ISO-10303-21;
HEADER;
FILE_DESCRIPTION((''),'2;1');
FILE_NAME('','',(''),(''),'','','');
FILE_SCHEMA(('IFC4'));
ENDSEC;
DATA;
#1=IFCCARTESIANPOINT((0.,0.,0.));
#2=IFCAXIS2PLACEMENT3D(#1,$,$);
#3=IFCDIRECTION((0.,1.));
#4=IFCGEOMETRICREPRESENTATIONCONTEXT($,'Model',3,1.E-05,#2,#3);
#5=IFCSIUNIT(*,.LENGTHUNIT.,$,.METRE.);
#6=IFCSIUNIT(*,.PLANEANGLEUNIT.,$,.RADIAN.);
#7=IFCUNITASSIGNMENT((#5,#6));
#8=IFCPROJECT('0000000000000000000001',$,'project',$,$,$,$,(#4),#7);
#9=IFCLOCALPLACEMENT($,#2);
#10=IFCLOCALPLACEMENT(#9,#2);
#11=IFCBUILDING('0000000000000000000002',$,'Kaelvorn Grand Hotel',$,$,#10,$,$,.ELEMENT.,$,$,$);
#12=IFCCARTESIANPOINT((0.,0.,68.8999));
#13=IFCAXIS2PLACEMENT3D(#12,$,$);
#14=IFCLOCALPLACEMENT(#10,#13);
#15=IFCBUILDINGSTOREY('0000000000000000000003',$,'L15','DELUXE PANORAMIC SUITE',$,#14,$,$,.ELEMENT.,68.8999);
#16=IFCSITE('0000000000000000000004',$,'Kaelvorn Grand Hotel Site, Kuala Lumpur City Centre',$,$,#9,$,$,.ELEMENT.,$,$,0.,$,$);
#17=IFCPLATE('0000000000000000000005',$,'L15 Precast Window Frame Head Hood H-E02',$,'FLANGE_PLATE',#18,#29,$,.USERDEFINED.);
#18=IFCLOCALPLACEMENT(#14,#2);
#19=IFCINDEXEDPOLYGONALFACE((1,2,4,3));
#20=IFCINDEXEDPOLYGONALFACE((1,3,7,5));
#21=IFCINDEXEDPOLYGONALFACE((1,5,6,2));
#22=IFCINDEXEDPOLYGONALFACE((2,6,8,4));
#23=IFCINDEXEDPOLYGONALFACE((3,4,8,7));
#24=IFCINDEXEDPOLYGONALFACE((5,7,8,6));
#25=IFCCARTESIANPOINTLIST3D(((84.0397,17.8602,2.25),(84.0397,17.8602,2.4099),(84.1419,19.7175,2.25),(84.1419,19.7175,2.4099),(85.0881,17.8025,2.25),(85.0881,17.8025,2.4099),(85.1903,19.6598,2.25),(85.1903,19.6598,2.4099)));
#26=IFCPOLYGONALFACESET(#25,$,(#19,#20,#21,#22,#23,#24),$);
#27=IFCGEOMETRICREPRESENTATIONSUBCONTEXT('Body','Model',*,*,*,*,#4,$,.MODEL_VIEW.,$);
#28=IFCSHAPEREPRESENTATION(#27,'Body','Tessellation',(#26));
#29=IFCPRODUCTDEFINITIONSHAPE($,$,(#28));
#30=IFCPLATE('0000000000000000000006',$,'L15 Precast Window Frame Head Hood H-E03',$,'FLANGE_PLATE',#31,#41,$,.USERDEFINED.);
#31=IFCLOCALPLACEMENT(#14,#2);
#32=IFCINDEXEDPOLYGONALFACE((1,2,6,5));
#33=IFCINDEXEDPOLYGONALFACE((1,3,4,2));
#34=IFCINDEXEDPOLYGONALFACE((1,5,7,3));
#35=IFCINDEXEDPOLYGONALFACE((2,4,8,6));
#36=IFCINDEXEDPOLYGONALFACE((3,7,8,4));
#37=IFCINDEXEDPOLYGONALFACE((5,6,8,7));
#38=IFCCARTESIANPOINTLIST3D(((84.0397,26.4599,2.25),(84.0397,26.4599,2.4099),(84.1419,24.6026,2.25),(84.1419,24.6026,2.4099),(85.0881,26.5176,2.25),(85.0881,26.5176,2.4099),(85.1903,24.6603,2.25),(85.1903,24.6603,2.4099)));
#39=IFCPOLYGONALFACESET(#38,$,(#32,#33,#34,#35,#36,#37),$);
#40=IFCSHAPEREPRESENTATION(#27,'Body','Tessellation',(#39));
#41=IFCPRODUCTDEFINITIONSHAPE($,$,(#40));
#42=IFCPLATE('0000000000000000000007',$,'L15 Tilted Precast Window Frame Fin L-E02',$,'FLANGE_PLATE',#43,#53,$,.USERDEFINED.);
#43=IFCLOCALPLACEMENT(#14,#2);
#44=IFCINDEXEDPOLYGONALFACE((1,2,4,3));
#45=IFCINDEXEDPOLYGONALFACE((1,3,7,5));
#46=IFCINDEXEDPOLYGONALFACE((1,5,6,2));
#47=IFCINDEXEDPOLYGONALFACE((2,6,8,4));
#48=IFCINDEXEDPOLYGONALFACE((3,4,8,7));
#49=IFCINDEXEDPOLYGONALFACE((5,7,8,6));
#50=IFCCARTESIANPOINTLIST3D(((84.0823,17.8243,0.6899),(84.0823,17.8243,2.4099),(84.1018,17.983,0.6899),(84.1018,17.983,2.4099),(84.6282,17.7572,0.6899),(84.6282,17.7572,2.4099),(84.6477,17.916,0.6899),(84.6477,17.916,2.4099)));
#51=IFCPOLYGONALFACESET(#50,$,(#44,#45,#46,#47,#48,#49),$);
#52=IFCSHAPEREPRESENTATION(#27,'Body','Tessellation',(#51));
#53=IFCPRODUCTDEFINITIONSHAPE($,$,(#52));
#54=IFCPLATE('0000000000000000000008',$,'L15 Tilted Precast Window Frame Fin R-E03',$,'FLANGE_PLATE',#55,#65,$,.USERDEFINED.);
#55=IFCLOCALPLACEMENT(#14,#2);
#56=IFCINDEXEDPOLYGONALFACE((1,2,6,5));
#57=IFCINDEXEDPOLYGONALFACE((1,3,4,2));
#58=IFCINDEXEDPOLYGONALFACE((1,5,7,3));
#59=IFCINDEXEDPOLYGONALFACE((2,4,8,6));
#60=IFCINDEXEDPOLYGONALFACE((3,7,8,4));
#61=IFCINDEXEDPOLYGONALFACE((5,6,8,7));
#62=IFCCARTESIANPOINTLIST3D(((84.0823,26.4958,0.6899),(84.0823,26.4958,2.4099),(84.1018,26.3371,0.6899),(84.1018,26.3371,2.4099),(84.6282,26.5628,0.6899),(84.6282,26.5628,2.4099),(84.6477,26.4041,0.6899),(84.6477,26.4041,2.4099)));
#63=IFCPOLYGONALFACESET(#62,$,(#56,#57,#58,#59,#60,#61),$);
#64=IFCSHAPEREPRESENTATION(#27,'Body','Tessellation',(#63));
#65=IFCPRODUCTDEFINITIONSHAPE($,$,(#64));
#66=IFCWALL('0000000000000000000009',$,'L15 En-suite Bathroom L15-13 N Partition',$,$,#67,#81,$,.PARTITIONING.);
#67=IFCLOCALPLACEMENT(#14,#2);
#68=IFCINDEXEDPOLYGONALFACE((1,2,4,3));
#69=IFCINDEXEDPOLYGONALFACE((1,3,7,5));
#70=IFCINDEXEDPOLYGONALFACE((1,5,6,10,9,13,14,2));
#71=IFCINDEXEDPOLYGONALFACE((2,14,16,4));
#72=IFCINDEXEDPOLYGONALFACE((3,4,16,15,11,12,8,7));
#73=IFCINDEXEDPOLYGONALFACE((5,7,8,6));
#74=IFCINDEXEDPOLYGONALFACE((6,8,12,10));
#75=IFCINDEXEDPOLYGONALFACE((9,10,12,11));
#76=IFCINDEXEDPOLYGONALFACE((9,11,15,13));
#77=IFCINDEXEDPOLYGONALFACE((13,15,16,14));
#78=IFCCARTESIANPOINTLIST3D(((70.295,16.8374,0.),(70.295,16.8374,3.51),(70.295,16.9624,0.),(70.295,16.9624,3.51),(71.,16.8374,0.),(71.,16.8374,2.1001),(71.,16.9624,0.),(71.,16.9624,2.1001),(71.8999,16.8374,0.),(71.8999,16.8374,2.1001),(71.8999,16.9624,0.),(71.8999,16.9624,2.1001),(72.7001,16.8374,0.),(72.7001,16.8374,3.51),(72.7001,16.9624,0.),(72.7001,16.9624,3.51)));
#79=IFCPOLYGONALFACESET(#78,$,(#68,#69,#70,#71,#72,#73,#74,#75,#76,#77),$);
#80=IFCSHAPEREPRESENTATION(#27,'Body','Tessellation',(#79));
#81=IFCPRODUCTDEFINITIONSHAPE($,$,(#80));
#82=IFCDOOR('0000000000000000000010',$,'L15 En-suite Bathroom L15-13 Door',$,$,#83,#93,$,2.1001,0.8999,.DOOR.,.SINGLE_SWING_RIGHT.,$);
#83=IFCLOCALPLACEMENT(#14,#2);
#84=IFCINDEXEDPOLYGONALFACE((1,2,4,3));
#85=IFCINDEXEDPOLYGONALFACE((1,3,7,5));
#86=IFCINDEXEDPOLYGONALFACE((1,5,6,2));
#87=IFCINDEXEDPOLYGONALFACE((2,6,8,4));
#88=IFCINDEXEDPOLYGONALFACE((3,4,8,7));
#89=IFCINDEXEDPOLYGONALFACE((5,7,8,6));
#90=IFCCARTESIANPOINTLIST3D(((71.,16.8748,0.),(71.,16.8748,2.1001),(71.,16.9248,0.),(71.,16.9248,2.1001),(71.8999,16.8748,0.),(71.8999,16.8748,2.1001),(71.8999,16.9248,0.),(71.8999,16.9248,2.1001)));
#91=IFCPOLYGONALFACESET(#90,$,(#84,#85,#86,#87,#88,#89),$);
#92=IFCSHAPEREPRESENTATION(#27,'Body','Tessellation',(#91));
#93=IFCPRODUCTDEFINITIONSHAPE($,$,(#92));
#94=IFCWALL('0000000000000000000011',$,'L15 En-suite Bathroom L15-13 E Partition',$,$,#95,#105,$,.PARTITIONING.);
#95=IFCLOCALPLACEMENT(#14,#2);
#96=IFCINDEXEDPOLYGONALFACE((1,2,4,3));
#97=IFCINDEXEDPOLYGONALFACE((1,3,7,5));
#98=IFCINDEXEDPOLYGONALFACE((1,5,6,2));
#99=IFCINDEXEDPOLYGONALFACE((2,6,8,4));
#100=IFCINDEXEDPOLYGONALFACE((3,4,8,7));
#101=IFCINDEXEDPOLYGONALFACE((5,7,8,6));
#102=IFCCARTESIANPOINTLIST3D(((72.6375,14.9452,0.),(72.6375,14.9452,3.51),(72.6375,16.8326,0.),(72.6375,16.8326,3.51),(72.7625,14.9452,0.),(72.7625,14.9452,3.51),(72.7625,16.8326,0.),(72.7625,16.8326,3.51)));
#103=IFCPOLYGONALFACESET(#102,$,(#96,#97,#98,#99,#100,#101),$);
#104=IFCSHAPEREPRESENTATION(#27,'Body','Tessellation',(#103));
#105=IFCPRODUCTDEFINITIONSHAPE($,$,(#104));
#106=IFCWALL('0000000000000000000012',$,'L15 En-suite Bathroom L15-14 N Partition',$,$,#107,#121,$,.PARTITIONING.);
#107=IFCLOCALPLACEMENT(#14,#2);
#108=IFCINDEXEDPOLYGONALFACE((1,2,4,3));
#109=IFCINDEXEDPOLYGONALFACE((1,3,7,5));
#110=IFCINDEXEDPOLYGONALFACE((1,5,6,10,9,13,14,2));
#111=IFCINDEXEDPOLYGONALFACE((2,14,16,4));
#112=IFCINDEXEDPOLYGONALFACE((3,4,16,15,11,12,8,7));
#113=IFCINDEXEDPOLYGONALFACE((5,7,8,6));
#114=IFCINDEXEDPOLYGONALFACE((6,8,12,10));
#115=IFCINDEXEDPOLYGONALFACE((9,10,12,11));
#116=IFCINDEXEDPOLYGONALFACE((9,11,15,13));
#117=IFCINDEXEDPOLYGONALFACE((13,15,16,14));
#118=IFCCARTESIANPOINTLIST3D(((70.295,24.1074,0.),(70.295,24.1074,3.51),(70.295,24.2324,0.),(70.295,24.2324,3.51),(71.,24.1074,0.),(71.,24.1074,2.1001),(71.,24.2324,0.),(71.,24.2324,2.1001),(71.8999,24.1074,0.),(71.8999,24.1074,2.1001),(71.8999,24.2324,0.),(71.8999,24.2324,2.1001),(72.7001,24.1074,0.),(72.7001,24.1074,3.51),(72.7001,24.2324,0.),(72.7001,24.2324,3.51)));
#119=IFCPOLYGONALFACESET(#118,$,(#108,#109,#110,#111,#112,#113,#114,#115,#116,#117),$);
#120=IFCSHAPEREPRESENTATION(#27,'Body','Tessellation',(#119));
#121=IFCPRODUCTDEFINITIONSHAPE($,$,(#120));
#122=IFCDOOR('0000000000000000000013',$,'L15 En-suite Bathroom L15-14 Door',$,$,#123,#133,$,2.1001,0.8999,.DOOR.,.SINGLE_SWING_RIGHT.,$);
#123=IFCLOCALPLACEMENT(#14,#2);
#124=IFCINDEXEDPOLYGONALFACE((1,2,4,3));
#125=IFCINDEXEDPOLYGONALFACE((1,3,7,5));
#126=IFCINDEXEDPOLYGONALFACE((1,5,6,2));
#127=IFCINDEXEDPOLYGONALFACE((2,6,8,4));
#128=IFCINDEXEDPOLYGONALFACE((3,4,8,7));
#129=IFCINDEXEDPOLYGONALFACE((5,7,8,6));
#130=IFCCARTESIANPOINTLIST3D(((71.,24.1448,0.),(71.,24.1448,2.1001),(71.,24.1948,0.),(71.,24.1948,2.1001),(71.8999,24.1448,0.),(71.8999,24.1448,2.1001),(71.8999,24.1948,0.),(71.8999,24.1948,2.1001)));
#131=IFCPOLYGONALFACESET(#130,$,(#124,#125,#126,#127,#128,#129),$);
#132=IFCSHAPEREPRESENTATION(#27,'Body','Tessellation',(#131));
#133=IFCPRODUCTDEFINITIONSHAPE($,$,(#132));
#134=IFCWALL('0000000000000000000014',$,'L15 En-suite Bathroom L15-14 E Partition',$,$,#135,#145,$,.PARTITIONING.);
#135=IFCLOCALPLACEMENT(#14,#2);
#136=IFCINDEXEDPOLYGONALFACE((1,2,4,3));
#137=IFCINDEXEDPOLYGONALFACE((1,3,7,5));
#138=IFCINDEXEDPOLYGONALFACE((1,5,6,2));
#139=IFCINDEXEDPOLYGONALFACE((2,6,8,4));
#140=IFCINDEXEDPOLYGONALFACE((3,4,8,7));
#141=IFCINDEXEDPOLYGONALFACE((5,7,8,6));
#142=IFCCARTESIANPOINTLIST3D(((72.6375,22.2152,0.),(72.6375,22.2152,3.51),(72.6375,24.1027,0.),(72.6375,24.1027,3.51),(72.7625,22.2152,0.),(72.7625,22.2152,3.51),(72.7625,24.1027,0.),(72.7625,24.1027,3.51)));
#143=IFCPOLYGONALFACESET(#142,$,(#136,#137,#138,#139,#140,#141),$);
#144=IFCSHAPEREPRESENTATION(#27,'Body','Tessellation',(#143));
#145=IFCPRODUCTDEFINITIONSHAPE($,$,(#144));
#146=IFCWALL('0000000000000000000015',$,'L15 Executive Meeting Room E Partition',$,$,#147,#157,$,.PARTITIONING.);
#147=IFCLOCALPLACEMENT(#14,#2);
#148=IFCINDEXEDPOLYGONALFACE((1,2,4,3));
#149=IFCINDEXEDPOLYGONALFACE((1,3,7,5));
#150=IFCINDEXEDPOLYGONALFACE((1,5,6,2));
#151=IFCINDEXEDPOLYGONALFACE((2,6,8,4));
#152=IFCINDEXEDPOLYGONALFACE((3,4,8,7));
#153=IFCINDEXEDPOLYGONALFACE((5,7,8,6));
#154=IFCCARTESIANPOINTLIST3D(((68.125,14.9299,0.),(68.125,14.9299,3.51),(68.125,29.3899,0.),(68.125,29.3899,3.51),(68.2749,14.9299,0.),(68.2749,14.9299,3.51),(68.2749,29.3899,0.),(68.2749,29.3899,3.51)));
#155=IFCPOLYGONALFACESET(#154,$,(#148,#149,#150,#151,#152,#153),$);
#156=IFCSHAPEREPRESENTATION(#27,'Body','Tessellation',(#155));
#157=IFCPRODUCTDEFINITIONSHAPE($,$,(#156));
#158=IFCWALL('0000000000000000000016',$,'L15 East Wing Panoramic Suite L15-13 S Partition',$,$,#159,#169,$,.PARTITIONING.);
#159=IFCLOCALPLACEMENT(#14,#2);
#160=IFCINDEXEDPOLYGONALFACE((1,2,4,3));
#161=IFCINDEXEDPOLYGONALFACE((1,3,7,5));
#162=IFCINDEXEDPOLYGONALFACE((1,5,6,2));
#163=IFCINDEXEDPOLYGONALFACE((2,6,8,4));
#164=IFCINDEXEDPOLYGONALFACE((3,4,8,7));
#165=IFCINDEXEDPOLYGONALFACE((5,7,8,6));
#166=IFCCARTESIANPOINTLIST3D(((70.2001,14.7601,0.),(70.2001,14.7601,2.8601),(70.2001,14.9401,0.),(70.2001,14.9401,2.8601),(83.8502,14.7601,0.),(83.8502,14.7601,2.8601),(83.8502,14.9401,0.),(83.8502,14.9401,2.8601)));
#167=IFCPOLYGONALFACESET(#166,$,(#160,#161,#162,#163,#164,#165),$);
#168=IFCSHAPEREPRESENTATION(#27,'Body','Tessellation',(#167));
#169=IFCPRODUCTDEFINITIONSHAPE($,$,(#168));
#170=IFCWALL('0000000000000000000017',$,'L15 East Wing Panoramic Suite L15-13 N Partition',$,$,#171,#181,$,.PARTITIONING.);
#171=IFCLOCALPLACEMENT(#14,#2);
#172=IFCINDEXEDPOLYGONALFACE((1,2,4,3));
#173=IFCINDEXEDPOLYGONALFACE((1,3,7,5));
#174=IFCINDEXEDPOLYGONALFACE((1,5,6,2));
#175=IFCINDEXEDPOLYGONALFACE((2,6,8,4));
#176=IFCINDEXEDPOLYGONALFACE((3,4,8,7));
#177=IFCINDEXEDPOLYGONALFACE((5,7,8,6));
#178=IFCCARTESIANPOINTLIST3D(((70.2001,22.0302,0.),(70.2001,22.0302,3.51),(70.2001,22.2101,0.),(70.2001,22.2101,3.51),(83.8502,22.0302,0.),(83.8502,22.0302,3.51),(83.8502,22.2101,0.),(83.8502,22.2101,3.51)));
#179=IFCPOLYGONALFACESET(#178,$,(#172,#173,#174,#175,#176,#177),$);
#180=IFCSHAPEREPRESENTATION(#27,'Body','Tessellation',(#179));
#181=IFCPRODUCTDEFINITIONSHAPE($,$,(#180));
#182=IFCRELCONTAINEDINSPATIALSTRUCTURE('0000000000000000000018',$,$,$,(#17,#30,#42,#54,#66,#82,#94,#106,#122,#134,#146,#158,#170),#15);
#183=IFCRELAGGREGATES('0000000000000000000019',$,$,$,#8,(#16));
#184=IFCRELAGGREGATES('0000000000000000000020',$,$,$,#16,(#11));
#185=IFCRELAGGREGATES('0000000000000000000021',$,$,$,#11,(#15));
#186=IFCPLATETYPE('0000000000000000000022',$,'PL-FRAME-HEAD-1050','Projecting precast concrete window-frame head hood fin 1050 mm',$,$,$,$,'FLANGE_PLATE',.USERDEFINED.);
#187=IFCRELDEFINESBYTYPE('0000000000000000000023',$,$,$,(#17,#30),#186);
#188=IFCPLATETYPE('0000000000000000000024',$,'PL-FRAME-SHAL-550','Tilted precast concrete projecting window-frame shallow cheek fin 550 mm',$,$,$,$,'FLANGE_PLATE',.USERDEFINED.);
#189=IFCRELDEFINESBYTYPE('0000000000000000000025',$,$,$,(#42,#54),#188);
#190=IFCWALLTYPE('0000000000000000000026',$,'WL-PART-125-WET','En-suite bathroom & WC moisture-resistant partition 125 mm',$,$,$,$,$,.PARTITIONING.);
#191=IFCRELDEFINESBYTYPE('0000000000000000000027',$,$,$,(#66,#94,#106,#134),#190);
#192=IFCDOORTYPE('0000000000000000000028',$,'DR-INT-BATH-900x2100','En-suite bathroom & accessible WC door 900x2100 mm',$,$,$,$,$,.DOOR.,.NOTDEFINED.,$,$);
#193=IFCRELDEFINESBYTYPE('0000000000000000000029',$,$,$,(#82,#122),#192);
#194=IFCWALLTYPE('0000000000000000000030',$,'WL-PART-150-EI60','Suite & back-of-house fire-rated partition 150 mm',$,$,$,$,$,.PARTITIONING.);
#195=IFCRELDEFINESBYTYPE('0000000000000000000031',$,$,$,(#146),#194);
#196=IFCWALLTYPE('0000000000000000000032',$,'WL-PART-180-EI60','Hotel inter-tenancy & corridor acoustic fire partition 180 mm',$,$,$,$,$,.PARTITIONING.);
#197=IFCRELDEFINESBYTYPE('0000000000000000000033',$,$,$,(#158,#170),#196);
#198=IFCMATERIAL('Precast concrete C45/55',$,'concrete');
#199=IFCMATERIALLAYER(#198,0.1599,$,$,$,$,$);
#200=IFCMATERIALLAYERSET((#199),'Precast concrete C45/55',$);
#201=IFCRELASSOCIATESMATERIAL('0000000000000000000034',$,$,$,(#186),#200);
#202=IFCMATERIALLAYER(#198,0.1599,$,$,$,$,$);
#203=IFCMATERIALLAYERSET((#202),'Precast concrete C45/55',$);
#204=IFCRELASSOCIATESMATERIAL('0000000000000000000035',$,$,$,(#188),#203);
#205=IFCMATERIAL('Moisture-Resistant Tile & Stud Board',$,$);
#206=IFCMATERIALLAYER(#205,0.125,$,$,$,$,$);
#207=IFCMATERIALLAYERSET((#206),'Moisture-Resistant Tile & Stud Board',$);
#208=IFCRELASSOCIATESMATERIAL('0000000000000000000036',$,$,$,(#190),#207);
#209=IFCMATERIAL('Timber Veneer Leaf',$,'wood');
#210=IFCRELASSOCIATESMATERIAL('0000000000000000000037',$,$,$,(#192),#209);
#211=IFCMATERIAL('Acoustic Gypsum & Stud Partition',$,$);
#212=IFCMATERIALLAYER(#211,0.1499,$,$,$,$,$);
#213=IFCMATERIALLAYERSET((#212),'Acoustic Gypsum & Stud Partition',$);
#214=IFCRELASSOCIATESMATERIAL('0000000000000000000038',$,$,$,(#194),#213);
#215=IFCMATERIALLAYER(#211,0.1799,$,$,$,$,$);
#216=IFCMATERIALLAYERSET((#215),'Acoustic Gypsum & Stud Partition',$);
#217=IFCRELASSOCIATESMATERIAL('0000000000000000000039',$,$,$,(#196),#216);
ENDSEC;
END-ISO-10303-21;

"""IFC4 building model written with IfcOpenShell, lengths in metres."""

from ifc_helpers import new_model, si_unit, direction, frame, frame_2d, origin, origin_2d, place, context, subcontext, project, spatial, rectangle, extrude, material, layer, layer_set, type_object, element, fill, save


model = new_model("IFC4")

# Units and contexts
model_context = context("Model", 3, precision=1e-05, world=origin(), true_north=direction((0.0, 1.0)))
body_context = subcontext(model_context, "Body", "Model", "MODEL_VIEW")
ifc_project = project(units=[si_unit("LENGTHUNIT", "METRE"), si_unit("PLANEANGLEUNIT", "RADIAN")], contexts=[model_context])

# Site, building, storey
site_placement = place(None, origin())
site = spatial("IfcSite", under=ifc_project, at=site_placement, Name="Kaelvorn Grand Hotel Site, Kuala Lumpur City Centre", CompositionType="ELEMENT", RefElevation=0.0)
building_placement = place(site_placement, origin())
building = spatial("IfcBuilding", under=site, at=building_placement, Name="Kaelvorn Grand Hotel", CompositionType="ELEMENT")
storey_placement = place(building_placement, frame((0.0, 0.0, 68.8999)))
storey = spatial("IfcBuildingStorey", under=building, at=storey_placement, Name="L15", Description="DELUXE PANORAMIC SUITE", CompositionType="ELEMENT", Elevation=68.8999)

# Plates
ifc_material_1 = material(Name="Precast concrete C45/55", Category="concrete")
ifc_layer_1 = layer(ifc_material_1, 0.1599)
ifc_layer_set_1 = layer_set([ifc_layer_1], Name="Precast concrete C45/55")
plate_type_1 = type_object("IfcPlateType", Name="PL-FRAME-HEAD-1050", Description="Projecting precast concrete window-frame head hood fin 1050 mm", ElementType="FLANGE_PLATE", PredefinedType="USERDEFINED", material=ifc_layer_set_1)
for number, where, z_axis, x_axis, name in (
    (1, (84.615, 18.76, 2.25), (0.0, 0.0, 1.0), (0.05495, 0.998489, 0.0), "L15 Precast Window Frame Head Hood H-E02"),
    (2, (84.615, 25.5601, 2.25), (0.0, 0.0, 1.0), (-0.05495, 0.998489, 0.0), "L15 Precast Window Frame Head Hood H-E03"),
):
    element("IfcPlate", number, at=place(storey_placement, frame(where, z_axis=z_axis, x_axis=x_axis)), inside=storey, type_object=plate_type_1, Name=name, ObjectType="FLANGE_PLATE", PredefinedType="USERDEFINED", context=body_context, shape_type="SweptSolid", body=[
        extrude(rectangle(XDim=1.8601, YDim=1.05, at=origin_2d()), origin(), (0.0, 0.0, 1.0), 0.1599),
    ])
ifc_layer_2 = layer(ifc_material_1, 0.1599)
ifc_layer_set_2 = layer_set([ifc_layer_2], Name="Precast concrete C45/55")
plate_type_2 = type_object("IfcPlateType", Name="PL-FRAME-SHAL-550", Description="Tilted precast concrete projecting window-frame shallow cheek fin 550 mm", ElementType="FLANGE_PLATE", PredefinedType="USERDEFINED", material=ifc_layer_set_2)
for number, where, z_axis, x_axis, name in (
    (3, (84.365, 17.8701, 0.6899), (0.0, 0.0, 1.0), (0.121869, 0.992546, 0.0), "L15 Tilted Precast Window Frame Fin L-E02"),
    (4, (84.365, 26.45, 0.6899), (0.0, 0.0, 1.0), (-0.121869, 0.992546, 0.0), "L15 Tilted Precast Window Frame Fin R-E03"),
):
    element("IfcPlate", number, at=place(storey_placement, frame(where, z_axis=z_axis, x_axis=x_axis)), inside=storey, type_object=plate_type_2, Name=name, ObjectType="FLANGE_PLATE", PredefinedType="USERDEFINED", context=body_context, shape_type="SweptSolid", body=[
        extrude(rectangle(XDim=0.1599, YDim=0.55, at=origin_2d()), origin(), (0.0, 0.0, 1.0), 1.72),
    ])

# Wall, opening, door
ifc_material_2 = material(Name="Moisture-Resistant Tile & Stud Board")
ifc_layer_3 = layer(ifc_material_2, 0.125)
ifc_layer_set_3 = layer_set([ifc_layer_3], Name="Moisture-Resistant Tile & Stud Board")
wall_type_1 = type_object("IfcWallType", Name="WL-PART-125-WET", Description="En-suite bathroom & WC moisture-resistant partition 125 mm", PredefinedType="PARTITIONING", material=ifc_layer_set_3)
wall_1_placement = place(storey_placement, frame((70.2949, 16.8999, 0.0), z_axis=(0.0, 0.0, 1.0), x_axis=(1.0, 0.0, 0.0)))
wall_1 = element("IfcWall", 5, at=wall_1_placement, inside=storey, type_object=wall_type_1, Name="L15 En-suite Bathroom L15-13 N Partition", PredefinedType="PARTITIONING", context=body_context, shape_type="SweptSolid", body=[
    extrude(rectangle(XDim=2.405, YDim=0.125, at=frame_2d((1.2026, 0.0))), origin(), (0.0, 0.0, 1.0), 3.51),
])
opening_1_placement = place(wall_1_placement, frame((0.7051, 0.0, 0.0)))
opening_1 = element("IfcOpeningElement", 6, at=opening_1_placement, cuts=wall_1, PredefinedType="OPENING", context=body_context, shape_type="SweptSolid", body=[
    extrude(rectangle(XDim=0.8999, YDim=2.1001, at=frame_2d((0.45, 1.05))), frame((0.0, 0.0725, 0.0), z_axis=(0.0, -1.0, 0.0), x_axis=(1.0, 0.0, 0.0)), (0.0, 0.0, 1.0), 0.145),
])
ifc_material_3 = material(Name="Timber Veneer Leaf", Category="wood")
door_type_1 = type_object("IfcDoorType", Name="DR-INT-BATH-900x2100", Description="En-suite bathroom & accessible WC door 900x2100 mm", OperationType="NOTDEFINED", PredefinedType="DOOR", material=ifc_material_3)
door_1_placement = place(opening_1_placement, origin())
door_1 = element("IfcDoor", 7, at=door_1_placement, inside=storey, type_object=door_type_1, Name="L15 En-suite Bathroom L15-13 Door", OperationType="SINGLE_SWING_RIGHT", OverallHeight=2.1001, OverallWidth=0.8999, PredefinedType="DOOR", context=body_context, shape_type="SweptSolid", body=[
    extrude(rectangle(XDim=0.8999, YDim=2.1001, at=frame_2d((0.45, 1.05))), frame((0.0, 0.0249, 0.0), z_axis=(0.0, -1.0, 0.0), x_axis=(1.0, 0.0, 0.0)), (0.0, 0.0, 1.0), 0.05),
])
fill(opening_1, door_1)

# Wall
wall_2_placement = place(storey_placement, frame((72.7, 14.9451, 0.0), z_axis=(0.0, 0.0, 1.0), x_axis=(0.0, 1.0, 0.0)))
element("IfcWall", 8, at=wall_2_placement, inside=storey, type_object=wall_type_1, Name="L15 En-suite Bathroom L15-13 E Partition", PredefinedType="PARTITIONING", context=body_context, shape_type="SweptSolid", body=[
    extrude(rectangle(XDim=1.8875, YDim=0.125, at=frame_2d((0.9438, 0.0))), origin(), (0.0, 0.0, 1.0), 3.51),
])

# Wall, opening, door
wall_3_placement = place(storey_placement, frame((70.2949, 24.1699, 0.0), z_axis=(0.0, 0.0, 1.0), x_axis=(1.0, 0.0, 0.0)))
wall_3 = element("IfcWall", 9, at=wall_3_placement, inside=storey, type_object=wall_type_1, Name="L15 En-suite Bathroom L15-14 N Partition", PredefinedType="PARTITIONING", context=body_context, shape_type="SweptSolid", body=[
    extrude(rectangle(XDim=2.405, YDim=0.125, at=frame_2d((1.2026, 0.0))), origin(), (0.0, 0.0, 1.0), 3.51),
])
opening_2_placement = place(wall_3_placement, frame((0.7051, 0.0, 0.0)))
opening_2 = element("IfcOpeningElement", 10, at=opening_2_placement, cuts=wall_3, PredefinedType="OPENING", context=body_context, shape_type="SweptSolid", body=[
    extrude(rectangle(XDim=0.8999, YDim=2.1001, at=frame_2d((0.45, 1.05))), frame((0.0, 0.0725, 0.0), z_axis=(0.0, -1.0, 0.0), x_axis=(1.0, 0.0, 0.0)), (0.0, 0.0, 1.0), 0.145),
])
door_2_placement = place(opening_2_placement, origin())
door_2 = element("IfcDoor", 11, at=door_2_placement, inside=storey, type_object=door_type_1, Name="L15 En-suite Bathroom L15-14 Door", OperationType="SINGLE_SWING_RIGHT", OverallHeight=2.1001, OverallWidth=0.8999, PredefinedType="DOOR", context=body_context, shape_type="SweptSolid", body=[
    extrude(rectangle(XDim=0.8999, YDim=2.1001, at=frame_2d((0.45, 1.05))), frame((0.0, 0.0249, 0.0), z_axis=(0.0, -1.0, 0.0), x_axis=(1.0, 0.0, 0.0)), (0.0, 0.0, 1.0), 0.05),
])
fill(opening_2, door_2)

# Walls
wall_4_placement = place(storey_placement, frame((72.7, 22.2151, 0.0), z_axis=(0.0, 0.0, 1.0), x_axis=(0.0, 1.0, 0.0)))
element("IfcWall", 12, at=wall_4_placement, inside=storey, type_object=wall_type_1, Name="L15 En-suite Bathroom L15-14 E Partition", PredefinedType="PARTITIONING", context=body_context, shape_type="SweptSolid", body=[
    extrude(rectangle(XDim=1.8875, YDim=0.125, at=frame_2d((0.9438, 0.0))), origin(), (0.0, 0.0, 1.0), 3.51),
])
ifc_material_4 = material(Name="Acoustic Gypsum & Stud Partition")
ifc_layer_4 = layer(ifc_material_4, 0.1499)
ifc_layer_set_4 = layer_set([ifc_layer_4], Name="Acoustic Gypsum & Stud Partition")
wall_type_2 = type_object("IfcWallType", Name="WL-PART-150-EI60", Description="Suite & back-of-house fire-rated partition 150 mm", PredefinedType="PARTITIONING", material=ifc_layer_set_4)
wall_5_placement = place(storey_placement, frame((68.2, 14.9299, 0.0), z_axis=(0.0, 0.0, 1.0), x_axis=(0.0, 1.0, 0.0)))
element("IfcWall", 13, at=wall_5_placement, inside=storey, type_object=wall_type_2, Name="L15 Executive Meeting Room E Partition", PredefinedType="PARTITIONING", context=body_context, shape_type="SweptSolid", body=[
    extrude(rectangle(XDim=14.46, YDim=0.1499, at=frame_2d((7.23, 0.0))), origin(), (0.0, 0.0, 1.0), 3.51),
])
ifc_layer_5 = layer(ifc_material_4, 0.1799)
ifc_layer_set_5 = layer_set([ifc_layer_5], Name="Acoustic Gypsum & Stud Partition")
wall_type_3 = type_object("IfcWallType", Name="WL-PART-180-EI60", Description="Hotel inter-tenancy & corridor acoustic fire partition 180 mm", PredefinedType="PARTITIONING", material=ifc_layer_set_5)
wall_6_placement = place(storey_placement, frame((70.2, 14.8501, 0.0), z_axis=(0.0, 0.0, 1.0), x_axis=(1.0, 0.0, 0.0)))
element("IfcWall", 14, at=wall_6_placement, inside=storey, type_object=wall_type_3, Name="L15 East Wing Panoramic Suite L15-13 S Partition", PredefinedType="PARTITIONING", context=body_context, shape_type="SweptSolid", body=[
    extrude(rectangle(XDim=13.6501, YDim=0.1799, at=frame_2d((6.8252, 0.0))), origin(), (0.0, 0.0, 1.0), 2.8601),
])
wall_7_placement = place(storey_placement, frame((70.2, 22.1201, 0.0), z_axis=(0.0, 0.0, 1.0), x_axis=(1.0, 0.0, 0.0)))
element("IfcWall", 15, at=wall_7_placement, inside=storey, type_object=wall_type_3, Name="L15 East Wing Panoramic Suite L15-13 N Partition", PredefinedType="PARTITIONING", context=body_context, shape_type="SweptSolid", body=[
    extrude(rectangle(XDim=13.6501, YDim=0.1799, at=frame_2d((6.8252, 0.0))), origin(), (0.0, 0.0, 1.0), 3.51),
])

save(model, "model.ifc")
